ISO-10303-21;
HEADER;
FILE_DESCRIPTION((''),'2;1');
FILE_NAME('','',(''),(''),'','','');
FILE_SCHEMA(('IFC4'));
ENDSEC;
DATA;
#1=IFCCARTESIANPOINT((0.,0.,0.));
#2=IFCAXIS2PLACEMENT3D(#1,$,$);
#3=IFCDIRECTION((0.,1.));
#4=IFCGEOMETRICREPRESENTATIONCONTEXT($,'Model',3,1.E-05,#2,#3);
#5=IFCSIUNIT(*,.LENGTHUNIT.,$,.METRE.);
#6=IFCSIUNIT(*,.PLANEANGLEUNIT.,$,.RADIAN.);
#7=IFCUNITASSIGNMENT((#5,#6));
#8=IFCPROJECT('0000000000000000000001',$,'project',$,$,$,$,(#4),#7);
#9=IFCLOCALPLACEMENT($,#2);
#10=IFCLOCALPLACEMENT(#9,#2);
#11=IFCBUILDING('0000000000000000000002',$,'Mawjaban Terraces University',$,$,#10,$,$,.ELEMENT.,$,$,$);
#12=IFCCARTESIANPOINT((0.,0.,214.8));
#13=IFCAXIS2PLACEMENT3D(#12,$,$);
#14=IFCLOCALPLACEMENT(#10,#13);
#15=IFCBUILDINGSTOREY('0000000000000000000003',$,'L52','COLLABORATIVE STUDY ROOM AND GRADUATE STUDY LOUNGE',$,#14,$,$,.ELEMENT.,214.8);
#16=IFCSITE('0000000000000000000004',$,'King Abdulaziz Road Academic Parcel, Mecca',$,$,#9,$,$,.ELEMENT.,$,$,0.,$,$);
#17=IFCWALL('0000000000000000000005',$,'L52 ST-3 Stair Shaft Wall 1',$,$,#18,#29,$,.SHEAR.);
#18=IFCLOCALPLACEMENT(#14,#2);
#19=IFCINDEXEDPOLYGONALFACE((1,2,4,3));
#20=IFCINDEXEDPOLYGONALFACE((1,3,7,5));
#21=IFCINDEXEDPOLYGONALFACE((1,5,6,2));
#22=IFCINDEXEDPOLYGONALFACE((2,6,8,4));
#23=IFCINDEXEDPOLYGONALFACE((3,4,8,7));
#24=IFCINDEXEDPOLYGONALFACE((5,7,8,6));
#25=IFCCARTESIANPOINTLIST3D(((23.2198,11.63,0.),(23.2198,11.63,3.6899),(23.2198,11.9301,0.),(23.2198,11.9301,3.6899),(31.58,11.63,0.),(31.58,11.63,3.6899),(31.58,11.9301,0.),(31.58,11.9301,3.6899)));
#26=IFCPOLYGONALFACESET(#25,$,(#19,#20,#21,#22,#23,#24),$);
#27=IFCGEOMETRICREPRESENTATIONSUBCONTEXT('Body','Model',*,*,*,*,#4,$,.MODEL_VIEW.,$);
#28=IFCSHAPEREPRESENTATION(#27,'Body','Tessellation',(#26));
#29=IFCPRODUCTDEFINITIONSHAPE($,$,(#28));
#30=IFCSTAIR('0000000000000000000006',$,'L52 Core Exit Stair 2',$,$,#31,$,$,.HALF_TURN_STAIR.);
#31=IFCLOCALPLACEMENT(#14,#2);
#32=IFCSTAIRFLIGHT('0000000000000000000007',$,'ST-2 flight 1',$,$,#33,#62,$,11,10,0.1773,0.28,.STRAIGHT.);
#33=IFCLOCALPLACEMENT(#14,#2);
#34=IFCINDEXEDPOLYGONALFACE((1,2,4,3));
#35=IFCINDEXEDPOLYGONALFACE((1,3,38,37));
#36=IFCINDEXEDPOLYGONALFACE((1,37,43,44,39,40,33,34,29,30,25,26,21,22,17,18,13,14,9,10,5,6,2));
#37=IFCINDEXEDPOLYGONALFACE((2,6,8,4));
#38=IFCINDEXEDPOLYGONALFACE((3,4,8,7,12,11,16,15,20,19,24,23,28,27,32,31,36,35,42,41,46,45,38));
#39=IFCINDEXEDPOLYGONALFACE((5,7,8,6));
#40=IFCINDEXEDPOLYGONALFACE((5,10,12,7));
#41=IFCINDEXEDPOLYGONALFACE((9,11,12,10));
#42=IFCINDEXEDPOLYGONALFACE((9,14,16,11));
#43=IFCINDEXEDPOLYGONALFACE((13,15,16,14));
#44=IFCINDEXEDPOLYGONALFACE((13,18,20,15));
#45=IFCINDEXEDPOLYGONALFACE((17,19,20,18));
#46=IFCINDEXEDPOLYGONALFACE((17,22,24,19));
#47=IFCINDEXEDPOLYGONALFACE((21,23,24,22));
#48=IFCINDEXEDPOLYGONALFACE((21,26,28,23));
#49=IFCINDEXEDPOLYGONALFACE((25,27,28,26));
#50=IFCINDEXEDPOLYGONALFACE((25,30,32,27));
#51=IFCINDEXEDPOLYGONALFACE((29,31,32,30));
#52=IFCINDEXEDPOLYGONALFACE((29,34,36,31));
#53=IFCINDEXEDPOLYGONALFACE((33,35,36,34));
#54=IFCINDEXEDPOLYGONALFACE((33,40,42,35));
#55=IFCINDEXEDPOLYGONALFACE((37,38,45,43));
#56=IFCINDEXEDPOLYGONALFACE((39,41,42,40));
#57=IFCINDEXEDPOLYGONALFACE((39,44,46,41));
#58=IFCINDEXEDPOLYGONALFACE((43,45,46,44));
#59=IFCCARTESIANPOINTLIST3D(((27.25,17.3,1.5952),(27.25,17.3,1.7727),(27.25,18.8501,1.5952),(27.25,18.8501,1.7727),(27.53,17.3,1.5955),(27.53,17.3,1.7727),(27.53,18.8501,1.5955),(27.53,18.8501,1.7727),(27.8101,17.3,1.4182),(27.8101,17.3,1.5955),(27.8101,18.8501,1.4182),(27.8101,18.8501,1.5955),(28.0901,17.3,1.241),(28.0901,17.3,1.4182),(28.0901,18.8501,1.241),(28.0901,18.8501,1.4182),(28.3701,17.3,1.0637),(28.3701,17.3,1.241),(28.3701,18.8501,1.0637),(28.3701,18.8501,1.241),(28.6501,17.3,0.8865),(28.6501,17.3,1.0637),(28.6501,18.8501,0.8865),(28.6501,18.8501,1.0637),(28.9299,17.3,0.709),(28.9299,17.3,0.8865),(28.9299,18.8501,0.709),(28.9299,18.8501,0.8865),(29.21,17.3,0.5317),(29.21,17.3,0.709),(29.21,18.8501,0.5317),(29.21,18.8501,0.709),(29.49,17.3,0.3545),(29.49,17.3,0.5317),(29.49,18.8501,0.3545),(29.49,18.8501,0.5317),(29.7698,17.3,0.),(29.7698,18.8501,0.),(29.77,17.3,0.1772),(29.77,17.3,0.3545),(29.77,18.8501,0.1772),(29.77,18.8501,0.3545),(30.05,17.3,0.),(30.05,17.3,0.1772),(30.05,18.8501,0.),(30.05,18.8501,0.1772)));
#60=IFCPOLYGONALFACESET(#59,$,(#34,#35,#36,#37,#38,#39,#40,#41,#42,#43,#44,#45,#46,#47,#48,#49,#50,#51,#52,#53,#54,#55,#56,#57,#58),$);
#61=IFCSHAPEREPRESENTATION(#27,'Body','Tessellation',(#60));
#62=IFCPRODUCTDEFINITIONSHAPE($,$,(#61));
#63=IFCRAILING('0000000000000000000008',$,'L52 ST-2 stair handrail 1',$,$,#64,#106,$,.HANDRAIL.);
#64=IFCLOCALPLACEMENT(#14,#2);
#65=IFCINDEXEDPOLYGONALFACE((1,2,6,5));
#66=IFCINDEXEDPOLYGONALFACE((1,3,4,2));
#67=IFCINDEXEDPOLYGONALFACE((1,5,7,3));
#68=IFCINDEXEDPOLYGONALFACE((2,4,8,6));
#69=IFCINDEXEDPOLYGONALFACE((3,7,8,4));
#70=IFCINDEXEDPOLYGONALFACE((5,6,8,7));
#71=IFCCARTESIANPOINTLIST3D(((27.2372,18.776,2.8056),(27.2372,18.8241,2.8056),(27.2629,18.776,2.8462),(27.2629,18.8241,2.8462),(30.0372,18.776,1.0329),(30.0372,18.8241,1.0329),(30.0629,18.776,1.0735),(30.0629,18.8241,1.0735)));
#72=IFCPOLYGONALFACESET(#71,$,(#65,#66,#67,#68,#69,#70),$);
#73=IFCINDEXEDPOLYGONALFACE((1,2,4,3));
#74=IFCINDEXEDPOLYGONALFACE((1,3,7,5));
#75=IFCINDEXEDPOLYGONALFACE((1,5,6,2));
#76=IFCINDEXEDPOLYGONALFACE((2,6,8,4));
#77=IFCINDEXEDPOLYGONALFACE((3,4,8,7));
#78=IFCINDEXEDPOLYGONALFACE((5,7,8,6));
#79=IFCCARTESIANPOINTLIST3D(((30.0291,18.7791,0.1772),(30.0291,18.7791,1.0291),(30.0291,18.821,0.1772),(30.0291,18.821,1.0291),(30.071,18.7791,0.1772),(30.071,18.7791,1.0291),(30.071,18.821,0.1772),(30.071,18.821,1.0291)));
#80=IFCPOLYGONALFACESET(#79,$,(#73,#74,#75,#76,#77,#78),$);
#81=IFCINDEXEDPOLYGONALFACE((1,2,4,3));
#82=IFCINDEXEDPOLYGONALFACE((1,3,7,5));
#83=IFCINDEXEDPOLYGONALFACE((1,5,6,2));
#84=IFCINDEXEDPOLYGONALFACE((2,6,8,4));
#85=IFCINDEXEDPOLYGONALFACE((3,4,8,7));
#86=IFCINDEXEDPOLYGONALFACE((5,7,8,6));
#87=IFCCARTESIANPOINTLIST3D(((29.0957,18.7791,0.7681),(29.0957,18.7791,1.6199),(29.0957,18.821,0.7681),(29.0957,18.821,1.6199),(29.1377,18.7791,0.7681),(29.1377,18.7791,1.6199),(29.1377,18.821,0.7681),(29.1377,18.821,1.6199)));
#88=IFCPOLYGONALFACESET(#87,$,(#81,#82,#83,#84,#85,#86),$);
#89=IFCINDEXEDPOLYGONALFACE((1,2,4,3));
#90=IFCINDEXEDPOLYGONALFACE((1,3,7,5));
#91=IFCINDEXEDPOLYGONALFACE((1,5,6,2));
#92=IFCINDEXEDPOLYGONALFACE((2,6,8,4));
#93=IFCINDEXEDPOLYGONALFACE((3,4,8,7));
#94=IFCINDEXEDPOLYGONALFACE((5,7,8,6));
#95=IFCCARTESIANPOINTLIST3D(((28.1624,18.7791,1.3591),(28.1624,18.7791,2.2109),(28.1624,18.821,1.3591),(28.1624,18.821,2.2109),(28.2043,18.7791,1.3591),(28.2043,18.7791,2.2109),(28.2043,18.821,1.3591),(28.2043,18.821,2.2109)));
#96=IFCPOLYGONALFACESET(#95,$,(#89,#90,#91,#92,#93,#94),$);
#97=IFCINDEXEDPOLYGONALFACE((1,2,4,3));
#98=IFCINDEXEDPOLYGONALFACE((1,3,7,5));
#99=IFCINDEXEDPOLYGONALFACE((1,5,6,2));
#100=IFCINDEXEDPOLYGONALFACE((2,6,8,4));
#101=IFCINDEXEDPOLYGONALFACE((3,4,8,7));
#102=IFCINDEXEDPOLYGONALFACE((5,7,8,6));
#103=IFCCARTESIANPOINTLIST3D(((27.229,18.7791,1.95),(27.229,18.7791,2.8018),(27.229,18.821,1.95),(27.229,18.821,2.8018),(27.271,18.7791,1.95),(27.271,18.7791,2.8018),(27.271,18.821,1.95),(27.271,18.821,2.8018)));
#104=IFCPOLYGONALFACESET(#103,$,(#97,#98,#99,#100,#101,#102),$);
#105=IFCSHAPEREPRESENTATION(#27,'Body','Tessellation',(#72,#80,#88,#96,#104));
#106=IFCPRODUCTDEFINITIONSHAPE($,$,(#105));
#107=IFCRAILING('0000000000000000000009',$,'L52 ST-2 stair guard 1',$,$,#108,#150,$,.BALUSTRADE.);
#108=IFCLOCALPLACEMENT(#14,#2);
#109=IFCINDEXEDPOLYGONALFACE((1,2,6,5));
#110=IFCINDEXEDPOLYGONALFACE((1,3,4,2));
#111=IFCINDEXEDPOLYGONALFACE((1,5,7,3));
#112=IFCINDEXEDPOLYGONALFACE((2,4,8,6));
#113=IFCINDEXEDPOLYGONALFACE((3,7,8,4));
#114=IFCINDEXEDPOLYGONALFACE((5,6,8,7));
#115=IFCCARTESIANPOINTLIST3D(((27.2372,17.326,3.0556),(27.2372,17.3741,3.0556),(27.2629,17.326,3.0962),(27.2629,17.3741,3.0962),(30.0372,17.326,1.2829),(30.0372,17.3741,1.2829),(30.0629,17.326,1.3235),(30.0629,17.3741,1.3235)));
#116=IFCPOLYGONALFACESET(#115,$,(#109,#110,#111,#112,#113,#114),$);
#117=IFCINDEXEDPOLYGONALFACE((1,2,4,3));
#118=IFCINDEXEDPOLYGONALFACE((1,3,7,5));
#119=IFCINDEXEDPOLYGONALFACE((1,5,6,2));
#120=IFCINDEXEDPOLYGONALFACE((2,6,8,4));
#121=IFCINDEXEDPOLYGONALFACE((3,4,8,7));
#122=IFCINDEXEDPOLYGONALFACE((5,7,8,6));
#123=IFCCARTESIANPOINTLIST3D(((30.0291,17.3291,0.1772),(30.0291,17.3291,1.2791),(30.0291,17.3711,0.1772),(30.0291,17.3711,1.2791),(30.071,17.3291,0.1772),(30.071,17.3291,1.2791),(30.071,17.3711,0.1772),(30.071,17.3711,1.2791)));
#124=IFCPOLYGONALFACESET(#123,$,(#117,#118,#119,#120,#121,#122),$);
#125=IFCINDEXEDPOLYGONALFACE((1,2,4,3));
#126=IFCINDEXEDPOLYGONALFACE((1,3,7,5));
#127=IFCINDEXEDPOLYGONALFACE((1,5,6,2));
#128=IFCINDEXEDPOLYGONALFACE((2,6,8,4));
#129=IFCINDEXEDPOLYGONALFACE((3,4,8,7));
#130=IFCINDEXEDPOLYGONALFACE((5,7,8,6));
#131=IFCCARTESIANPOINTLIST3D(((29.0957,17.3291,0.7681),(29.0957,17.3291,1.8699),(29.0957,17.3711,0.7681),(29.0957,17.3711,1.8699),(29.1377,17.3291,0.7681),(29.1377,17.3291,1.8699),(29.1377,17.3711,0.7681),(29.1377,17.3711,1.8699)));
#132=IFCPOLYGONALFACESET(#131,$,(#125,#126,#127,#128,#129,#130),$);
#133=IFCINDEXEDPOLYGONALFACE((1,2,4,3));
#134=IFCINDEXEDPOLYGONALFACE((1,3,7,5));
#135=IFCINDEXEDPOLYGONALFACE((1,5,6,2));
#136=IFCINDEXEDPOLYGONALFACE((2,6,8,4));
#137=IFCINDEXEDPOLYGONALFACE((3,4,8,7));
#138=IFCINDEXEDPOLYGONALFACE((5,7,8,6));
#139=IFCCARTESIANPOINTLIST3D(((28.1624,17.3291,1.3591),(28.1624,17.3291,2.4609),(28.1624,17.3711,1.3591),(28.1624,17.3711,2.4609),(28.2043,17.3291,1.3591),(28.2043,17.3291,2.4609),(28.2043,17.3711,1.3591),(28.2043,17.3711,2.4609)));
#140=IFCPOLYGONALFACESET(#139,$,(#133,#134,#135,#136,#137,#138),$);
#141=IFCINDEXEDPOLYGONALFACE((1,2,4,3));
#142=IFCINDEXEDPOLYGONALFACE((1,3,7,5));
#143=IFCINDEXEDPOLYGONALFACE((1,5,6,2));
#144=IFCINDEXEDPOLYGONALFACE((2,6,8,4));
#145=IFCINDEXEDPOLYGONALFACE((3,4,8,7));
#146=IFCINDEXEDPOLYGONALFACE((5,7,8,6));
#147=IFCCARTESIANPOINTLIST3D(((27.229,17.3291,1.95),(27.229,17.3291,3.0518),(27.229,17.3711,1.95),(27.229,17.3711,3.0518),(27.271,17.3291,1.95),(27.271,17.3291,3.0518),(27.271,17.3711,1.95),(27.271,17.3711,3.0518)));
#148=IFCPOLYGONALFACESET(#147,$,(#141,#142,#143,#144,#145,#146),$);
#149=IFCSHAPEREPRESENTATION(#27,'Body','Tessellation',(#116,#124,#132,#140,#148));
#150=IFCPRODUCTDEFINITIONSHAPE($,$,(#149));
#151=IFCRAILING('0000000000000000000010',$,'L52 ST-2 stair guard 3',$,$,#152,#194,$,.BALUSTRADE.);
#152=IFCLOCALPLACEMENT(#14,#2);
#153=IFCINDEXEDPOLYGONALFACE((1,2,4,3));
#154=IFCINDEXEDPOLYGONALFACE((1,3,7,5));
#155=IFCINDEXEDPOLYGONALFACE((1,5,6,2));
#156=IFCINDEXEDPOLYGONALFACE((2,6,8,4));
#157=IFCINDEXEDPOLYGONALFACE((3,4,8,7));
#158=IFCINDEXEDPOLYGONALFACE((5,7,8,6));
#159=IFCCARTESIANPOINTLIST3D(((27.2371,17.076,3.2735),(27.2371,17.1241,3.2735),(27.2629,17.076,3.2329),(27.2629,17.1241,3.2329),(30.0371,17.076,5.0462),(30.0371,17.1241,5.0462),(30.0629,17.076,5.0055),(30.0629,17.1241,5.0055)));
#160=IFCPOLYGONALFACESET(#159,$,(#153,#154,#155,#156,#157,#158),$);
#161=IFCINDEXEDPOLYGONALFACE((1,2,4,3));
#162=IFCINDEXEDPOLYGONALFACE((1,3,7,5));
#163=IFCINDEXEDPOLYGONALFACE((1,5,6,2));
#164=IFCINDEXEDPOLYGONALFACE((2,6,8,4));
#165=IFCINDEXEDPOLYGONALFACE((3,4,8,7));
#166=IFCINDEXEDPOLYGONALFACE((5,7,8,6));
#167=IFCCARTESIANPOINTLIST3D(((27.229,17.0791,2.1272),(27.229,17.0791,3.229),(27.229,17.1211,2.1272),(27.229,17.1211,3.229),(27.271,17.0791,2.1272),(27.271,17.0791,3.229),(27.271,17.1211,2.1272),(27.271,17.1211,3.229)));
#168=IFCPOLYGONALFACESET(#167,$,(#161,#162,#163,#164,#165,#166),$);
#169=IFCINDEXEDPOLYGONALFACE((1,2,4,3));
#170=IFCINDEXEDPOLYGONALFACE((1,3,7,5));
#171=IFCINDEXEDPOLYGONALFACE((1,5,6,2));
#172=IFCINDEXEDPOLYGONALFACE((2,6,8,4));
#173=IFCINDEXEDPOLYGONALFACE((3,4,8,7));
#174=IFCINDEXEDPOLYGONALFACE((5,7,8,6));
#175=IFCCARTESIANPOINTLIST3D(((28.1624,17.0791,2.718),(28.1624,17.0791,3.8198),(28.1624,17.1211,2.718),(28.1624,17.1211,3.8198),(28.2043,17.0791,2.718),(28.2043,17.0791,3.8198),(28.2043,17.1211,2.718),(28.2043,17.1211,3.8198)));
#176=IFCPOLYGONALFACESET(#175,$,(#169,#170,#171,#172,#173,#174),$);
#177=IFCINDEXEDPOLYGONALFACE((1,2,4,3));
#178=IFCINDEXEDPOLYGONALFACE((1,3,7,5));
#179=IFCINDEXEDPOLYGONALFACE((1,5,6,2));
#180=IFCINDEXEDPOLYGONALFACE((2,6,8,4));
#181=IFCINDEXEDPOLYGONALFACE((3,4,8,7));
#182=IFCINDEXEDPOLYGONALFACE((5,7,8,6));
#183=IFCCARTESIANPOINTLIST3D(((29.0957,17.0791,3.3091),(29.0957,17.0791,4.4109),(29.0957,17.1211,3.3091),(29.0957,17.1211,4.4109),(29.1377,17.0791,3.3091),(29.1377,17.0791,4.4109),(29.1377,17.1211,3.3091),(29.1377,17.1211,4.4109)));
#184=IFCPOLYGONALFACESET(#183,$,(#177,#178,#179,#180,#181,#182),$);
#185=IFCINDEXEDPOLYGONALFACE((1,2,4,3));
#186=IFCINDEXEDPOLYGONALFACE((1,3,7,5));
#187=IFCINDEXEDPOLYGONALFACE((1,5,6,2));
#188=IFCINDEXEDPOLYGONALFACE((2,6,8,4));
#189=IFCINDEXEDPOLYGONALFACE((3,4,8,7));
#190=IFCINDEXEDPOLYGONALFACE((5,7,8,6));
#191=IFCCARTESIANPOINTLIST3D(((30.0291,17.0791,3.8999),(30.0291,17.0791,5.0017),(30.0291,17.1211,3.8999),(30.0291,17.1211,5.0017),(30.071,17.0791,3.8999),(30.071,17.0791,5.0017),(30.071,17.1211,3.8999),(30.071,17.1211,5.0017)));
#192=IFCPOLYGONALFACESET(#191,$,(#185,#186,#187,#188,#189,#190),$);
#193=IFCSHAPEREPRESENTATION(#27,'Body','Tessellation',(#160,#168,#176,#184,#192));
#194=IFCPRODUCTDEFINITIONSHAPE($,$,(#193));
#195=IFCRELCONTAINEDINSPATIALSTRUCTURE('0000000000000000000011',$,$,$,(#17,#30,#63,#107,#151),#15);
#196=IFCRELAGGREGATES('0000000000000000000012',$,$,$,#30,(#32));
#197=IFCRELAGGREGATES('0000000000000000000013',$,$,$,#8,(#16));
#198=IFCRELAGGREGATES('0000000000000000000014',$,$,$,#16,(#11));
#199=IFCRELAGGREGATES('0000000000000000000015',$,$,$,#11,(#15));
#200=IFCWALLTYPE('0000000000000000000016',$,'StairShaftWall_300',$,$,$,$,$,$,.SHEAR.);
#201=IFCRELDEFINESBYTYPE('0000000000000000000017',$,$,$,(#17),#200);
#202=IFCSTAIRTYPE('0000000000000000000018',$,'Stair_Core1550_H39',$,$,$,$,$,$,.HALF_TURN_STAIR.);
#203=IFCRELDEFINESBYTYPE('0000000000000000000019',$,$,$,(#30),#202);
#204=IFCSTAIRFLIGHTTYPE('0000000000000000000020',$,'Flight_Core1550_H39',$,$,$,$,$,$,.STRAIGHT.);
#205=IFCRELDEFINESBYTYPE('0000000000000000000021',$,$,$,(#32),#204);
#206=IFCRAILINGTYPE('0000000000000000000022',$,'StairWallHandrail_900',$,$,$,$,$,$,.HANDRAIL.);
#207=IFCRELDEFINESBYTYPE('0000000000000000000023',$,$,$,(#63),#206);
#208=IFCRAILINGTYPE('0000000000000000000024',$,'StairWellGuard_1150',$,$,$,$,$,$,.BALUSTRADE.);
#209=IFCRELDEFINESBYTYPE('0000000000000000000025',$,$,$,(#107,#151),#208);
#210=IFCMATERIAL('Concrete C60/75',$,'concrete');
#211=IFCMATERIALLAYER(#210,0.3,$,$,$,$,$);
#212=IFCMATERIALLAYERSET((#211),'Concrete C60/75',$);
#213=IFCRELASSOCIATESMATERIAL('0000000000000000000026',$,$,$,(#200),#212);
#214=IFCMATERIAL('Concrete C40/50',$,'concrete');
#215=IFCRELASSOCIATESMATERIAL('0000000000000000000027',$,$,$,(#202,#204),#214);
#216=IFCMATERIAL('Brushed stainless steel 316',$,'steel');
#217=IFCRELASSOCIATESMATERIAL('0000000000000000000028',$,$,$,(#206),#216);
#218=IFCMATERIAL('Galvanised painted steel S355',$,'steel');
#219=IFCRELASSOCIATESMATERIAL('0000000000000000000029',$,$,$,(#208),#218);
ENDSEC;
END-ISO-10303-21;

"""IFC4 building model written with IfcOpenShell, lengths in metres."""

from ifc_helpers import new_model, si_unit, direction, frame, frame_2d, origin, origin_2d, place, context, subcontext, project, spatial, polyline, rectangle, outline, extrude, material, layer, layer_set, type_object, element, aggregate, save


model = new_model("IFC4")

# Units and contexts
model_context = context("Model", 3, precision=1e-05, world=origin(), true_north=direction((0.0, 1.0)))
body_context = subcontext(model_context, "Body", "Model", "MODEL_VIEW")
ifc_project = project(units=[si_unit("LENGTHUNIT", "METRE"), si_unit("PLANEANGLEUNIT", "RADIAN")], contexts=[model_context])

# Site, building, storey
site_placement = place(None, origin())
site = spatial("IfcSite", under=ifc_project, at=site_placement, Name="King Abdulaziz Road Academic Parcel, Mecca", CompositionType="ELEMENT", RefElevation=0.0)
building_placement = place(site_placement, origin())
building = spatial("IfcBuilding", under=site, at=building_placement, Name="Mawjaban Terraces University", CompositionType="ELEMENT")
storey_placement = place(building_placement, frame((0.0, 0.0, 214.8)))
storey = spatial("IfcBuildingStorey", under=building, at=storey_placement, Name="L52", Description="COLLABORATIVE STUDY ROOM AND GRADUATE STUDY LOUNGE", CompositionType="ELEMENT", Elevation=214.8)

# Shared definitions
ifc_material_1 = material(Name="Concrete C40/50", Category="concrete")

# Shared definitions
ifc_material_2 = material(Name="Concrete C60/75", Category="concrete")
ifc_layer_1 = layer(ifc_material_2, 0.3)
ifc_layer_set_1 = layer_set([ifc_layer_1], Name="Concrete C60/75")
wall_type_1 = type_object("IfcWallType", Name="StairShaftWall_300", PredefinedType="SHEAR", material=ifc_layer_set_1)

# Wall
wall_1_placement = place(storey_placement, frame((31.5801, 11.78, 0.0), z_axis=(0.0, 0.0, 1.0), x_axis=(-1.0, 0.0, 0.0)))
element("IfcWall", 1, at=wall_1_placement, inside=storey, type_object=wall_type_1, Name="L52 ST-3 Stair Shaft Wall 1", PredefinedType="SHEAR", context=body_context, shape_type="SweptSolid", body=[
    extrude(rectangle(XDim=8.3601, YDim=0.3, at=frame_2d((4.1802, 0.0))), origin(), (0.0, 0.0, 1.0), 3.6899),
])

# Stair, stair flight
stair_type = type_object("IfcStairType", Name="Stair_Core1550_H39", PredefinedType="HALF_TURN_STAIR", material=ifc_material_1)
stair_placement = place(storey_placement, origin())
stair = element("IfcStair", 2, at=stair_placement, inside=storey, type_object=stair_type, Name="L52 Core Exit Stair 2", PredefinedType="HALF_TURN_STAIR")
stair_flight_type = type_object("IfcStairFlightType", Name="Flight_Core1550_H39", PredefinedType="STRAIGHT", material=ifc_material_1)
stair_flight_placement = place(storey_placement, frame((30.05, 18.075, 0.0), z_axis=(0.0, 0.0, 1.0), x_axis=(-1.0, 0.0, 0.0)))
stair_flight = element("IfcStairFlight", 3, at=stair_flight_placement, type_object=stair_flight_type, Name="ST-2 flight 1", NumberOfRisers=11, NumberOfTreads=10, PredefinedType="STRAIGHT", RiserHeight=0.1773, TreadLength=0.28, context=body_context, shape_type="SweptSolid", body=[
    extrude(outline(polyline([(0.0, 0.0), (0.0, 0.1772), (0.28, 0.1772), (0.28, 0.3545), (0.5601, 0.3545), (0.5601, 0.5317), (0.8401, 0.5317), (0.8401, 0.709), (1.1201, 0.709), (1.1201, 0.8865), (1.3999, 0.8865), (1.3999, 1.0637), (1.6799, 1.0637), (1.6799, 1.241), (1.96, 1.241), (1.96, 1.4182), (2.24, 1.4182), (2.24, 1.5955), (2.52, 1.5955), (2.52, 1.7727), (2.8, 1.7727), (2.8, 1.95), (2.8, 1.5952), (0.2803, 0.0), (0.0, 0.0)])), frame((0.0, 0.7749, 0.0), z_axis=(0.0, -1.0, 0.0), x_axis=(1.0, 0.0, 0.0)), (0.0, 0.0, 1.0), 1.55),
])
aggregate(stair, [stair_flight])

# Railings
ifc_material_3 = material(Name="Brushed stainless steel 316", Category="steel")
railing_type_1 = type_object("IfcRailingType", Name="StairWallHandrail_900", PredefinedType="HANDRAIL", material=ifc_material_3)
railing_1_placement = place(storey_placement, frame((30.05, 18.8, 0.1772)))
element("IfcRailing", 4, at=railing_1_placement, inside=storey, type_object=railing_type_1, Name="L52 ST-2 stair handrail 1", PredefinedType="HANDRAIL", context=body_context, shape_type="SweptSolid", body=[
    extrude(rectangle(XDim=0.0481, YDim=0.0481, at=origin_2d()), frame((0.0, 0.0, 0.876), z_axis=(-0.844909, 0.0, 0.53491), x_axis=(0.0, -1.0, 0.0)), (0.0, 0.0, 1.0), 3.314),
    extrude(rectangle(XDim=0.042, YDim=0.042, at=origin_2d()), origin(), (0.0, 0.0, 1.0), 0.8518),
    extrude(rectangle(XDim=0.042, YDim=0.042, at=origin_2d()), frame((-0.9333, 0.0, 0.5908)), (0.0, 0.0, 1.0), 0.8518),
    extrude(rectangle(XDim=0.042, YDim=0.042, at=origin_2d()), frame((-1.8667, 0.0, 1.1819)), (0.0, 0.0, 1.0), 0.8518),
    extrude(rectangle(XDim=0.042, YDim=0.042, at=origin_2d()), frame((-2.8, 0.0, 1.7727)), (0.0, 0.0, 1.0), 0.8518),
])
ifc_material_4 = material(Name="Galvanised painted steel S355", Category="steel")
railing_type_2 = type_object("IfcRailingType", Name="StairWellGuard_1150", PredefinedType="BALUSTRADE", material=ifc_material_4)
railing_2_placement = place(storey_placement, frame((30.05, 17.3501, 0.1772)))
element("IfcRailing", 5, at=railing_2_placement, inside=storey, type_object=railing_type_2, Name="L52 ST-2 stair guard 1", PredefinedType="BALUSTRADE", context=body_context, shape_type="SweptSolid", body=[
    extrude(rectangle(XDim=0.0481, YDim=0.0481, at=origin_2d()), frame((0.0, 0.0, 1.126), z_axis=(-0.844909, 0.0, 0.53491), x_axis=(0.0, -1.0, 0.0)), (0.0, 0.0, 1.0), 3.314),
    extrude(rectangle(XDim=0.042, YDim=0.042, at=origin_2d()), origin(), (0.0, 0.0, 1.0), 1.1018),
    extrude(rectangle(XDim=0.042, YDim=0.042, at=origin_2d()), frame((-0.9333, 0.0, 0.5908)), (0.0, 0.0, 1.0), 1.1018),
    extrude(rectangle(XDim=0.042, YDim=0.042, at=origin_2d()), frame((-1.8667, 0.0, 1.1819)), (0.0, 0.0, 1.0), 1.1018),
    extrude(rectangle(XDim=0.042, YDim=0.042, at=origin_2d()), frame((-2.8, 0.0, 1.7727)), (0.0, 0.0, 1.0), 1.1018),
])
railing_3_placement = place(storey_placement, frame((27.25, 17.1001, 2.1272)))
element("IfcRailing", 6, at=railing_3_placement, inside=storey, type_object=railing_type_2, Name="L52 ST-2 stair guard 3", PredefinedType="BALUSTRADE", context=body_context, shape_type="SweptSolid", body=[
    extrude(rectangle(XDim=0.0481, YDim=0.0481, at=origin_2d()), frame((0.0, 0.0, 1.126), z_axis=(0.844909, 0.0, 0.53491), x_axis=(0.0, 1.0, 0.0)), (0.0, 0.0, 1.0), 3.314),
    extrude(rectangle(XDim=0.042, YDim=0.042, at=origin_2d()), origin(), (0.0, 0.0, 1.0), 1.1018),
    extrude(rectangle(XDim=0.042, YDim=0.042, at=origin_2d()), frame((0.9333, 0.0, 0.5908)), (0.0, 0.0, 1.0), 1.1018),
    extrude(rectangle(XDim=0.042, YDim=0.042, at=origin_2d()), frame((1.8667, 0.0, 1.1819)), (0.0, 0.0, 1.0), 1.1018),
    extrude(rectangle(XDim=0.042, YDim=0.042, at=origin_2d()), frame((2.8, 0.0, 1.7727)), (0.0, 0.0, 1.0), 1.1018),
])

save(model, "model.ifc")
